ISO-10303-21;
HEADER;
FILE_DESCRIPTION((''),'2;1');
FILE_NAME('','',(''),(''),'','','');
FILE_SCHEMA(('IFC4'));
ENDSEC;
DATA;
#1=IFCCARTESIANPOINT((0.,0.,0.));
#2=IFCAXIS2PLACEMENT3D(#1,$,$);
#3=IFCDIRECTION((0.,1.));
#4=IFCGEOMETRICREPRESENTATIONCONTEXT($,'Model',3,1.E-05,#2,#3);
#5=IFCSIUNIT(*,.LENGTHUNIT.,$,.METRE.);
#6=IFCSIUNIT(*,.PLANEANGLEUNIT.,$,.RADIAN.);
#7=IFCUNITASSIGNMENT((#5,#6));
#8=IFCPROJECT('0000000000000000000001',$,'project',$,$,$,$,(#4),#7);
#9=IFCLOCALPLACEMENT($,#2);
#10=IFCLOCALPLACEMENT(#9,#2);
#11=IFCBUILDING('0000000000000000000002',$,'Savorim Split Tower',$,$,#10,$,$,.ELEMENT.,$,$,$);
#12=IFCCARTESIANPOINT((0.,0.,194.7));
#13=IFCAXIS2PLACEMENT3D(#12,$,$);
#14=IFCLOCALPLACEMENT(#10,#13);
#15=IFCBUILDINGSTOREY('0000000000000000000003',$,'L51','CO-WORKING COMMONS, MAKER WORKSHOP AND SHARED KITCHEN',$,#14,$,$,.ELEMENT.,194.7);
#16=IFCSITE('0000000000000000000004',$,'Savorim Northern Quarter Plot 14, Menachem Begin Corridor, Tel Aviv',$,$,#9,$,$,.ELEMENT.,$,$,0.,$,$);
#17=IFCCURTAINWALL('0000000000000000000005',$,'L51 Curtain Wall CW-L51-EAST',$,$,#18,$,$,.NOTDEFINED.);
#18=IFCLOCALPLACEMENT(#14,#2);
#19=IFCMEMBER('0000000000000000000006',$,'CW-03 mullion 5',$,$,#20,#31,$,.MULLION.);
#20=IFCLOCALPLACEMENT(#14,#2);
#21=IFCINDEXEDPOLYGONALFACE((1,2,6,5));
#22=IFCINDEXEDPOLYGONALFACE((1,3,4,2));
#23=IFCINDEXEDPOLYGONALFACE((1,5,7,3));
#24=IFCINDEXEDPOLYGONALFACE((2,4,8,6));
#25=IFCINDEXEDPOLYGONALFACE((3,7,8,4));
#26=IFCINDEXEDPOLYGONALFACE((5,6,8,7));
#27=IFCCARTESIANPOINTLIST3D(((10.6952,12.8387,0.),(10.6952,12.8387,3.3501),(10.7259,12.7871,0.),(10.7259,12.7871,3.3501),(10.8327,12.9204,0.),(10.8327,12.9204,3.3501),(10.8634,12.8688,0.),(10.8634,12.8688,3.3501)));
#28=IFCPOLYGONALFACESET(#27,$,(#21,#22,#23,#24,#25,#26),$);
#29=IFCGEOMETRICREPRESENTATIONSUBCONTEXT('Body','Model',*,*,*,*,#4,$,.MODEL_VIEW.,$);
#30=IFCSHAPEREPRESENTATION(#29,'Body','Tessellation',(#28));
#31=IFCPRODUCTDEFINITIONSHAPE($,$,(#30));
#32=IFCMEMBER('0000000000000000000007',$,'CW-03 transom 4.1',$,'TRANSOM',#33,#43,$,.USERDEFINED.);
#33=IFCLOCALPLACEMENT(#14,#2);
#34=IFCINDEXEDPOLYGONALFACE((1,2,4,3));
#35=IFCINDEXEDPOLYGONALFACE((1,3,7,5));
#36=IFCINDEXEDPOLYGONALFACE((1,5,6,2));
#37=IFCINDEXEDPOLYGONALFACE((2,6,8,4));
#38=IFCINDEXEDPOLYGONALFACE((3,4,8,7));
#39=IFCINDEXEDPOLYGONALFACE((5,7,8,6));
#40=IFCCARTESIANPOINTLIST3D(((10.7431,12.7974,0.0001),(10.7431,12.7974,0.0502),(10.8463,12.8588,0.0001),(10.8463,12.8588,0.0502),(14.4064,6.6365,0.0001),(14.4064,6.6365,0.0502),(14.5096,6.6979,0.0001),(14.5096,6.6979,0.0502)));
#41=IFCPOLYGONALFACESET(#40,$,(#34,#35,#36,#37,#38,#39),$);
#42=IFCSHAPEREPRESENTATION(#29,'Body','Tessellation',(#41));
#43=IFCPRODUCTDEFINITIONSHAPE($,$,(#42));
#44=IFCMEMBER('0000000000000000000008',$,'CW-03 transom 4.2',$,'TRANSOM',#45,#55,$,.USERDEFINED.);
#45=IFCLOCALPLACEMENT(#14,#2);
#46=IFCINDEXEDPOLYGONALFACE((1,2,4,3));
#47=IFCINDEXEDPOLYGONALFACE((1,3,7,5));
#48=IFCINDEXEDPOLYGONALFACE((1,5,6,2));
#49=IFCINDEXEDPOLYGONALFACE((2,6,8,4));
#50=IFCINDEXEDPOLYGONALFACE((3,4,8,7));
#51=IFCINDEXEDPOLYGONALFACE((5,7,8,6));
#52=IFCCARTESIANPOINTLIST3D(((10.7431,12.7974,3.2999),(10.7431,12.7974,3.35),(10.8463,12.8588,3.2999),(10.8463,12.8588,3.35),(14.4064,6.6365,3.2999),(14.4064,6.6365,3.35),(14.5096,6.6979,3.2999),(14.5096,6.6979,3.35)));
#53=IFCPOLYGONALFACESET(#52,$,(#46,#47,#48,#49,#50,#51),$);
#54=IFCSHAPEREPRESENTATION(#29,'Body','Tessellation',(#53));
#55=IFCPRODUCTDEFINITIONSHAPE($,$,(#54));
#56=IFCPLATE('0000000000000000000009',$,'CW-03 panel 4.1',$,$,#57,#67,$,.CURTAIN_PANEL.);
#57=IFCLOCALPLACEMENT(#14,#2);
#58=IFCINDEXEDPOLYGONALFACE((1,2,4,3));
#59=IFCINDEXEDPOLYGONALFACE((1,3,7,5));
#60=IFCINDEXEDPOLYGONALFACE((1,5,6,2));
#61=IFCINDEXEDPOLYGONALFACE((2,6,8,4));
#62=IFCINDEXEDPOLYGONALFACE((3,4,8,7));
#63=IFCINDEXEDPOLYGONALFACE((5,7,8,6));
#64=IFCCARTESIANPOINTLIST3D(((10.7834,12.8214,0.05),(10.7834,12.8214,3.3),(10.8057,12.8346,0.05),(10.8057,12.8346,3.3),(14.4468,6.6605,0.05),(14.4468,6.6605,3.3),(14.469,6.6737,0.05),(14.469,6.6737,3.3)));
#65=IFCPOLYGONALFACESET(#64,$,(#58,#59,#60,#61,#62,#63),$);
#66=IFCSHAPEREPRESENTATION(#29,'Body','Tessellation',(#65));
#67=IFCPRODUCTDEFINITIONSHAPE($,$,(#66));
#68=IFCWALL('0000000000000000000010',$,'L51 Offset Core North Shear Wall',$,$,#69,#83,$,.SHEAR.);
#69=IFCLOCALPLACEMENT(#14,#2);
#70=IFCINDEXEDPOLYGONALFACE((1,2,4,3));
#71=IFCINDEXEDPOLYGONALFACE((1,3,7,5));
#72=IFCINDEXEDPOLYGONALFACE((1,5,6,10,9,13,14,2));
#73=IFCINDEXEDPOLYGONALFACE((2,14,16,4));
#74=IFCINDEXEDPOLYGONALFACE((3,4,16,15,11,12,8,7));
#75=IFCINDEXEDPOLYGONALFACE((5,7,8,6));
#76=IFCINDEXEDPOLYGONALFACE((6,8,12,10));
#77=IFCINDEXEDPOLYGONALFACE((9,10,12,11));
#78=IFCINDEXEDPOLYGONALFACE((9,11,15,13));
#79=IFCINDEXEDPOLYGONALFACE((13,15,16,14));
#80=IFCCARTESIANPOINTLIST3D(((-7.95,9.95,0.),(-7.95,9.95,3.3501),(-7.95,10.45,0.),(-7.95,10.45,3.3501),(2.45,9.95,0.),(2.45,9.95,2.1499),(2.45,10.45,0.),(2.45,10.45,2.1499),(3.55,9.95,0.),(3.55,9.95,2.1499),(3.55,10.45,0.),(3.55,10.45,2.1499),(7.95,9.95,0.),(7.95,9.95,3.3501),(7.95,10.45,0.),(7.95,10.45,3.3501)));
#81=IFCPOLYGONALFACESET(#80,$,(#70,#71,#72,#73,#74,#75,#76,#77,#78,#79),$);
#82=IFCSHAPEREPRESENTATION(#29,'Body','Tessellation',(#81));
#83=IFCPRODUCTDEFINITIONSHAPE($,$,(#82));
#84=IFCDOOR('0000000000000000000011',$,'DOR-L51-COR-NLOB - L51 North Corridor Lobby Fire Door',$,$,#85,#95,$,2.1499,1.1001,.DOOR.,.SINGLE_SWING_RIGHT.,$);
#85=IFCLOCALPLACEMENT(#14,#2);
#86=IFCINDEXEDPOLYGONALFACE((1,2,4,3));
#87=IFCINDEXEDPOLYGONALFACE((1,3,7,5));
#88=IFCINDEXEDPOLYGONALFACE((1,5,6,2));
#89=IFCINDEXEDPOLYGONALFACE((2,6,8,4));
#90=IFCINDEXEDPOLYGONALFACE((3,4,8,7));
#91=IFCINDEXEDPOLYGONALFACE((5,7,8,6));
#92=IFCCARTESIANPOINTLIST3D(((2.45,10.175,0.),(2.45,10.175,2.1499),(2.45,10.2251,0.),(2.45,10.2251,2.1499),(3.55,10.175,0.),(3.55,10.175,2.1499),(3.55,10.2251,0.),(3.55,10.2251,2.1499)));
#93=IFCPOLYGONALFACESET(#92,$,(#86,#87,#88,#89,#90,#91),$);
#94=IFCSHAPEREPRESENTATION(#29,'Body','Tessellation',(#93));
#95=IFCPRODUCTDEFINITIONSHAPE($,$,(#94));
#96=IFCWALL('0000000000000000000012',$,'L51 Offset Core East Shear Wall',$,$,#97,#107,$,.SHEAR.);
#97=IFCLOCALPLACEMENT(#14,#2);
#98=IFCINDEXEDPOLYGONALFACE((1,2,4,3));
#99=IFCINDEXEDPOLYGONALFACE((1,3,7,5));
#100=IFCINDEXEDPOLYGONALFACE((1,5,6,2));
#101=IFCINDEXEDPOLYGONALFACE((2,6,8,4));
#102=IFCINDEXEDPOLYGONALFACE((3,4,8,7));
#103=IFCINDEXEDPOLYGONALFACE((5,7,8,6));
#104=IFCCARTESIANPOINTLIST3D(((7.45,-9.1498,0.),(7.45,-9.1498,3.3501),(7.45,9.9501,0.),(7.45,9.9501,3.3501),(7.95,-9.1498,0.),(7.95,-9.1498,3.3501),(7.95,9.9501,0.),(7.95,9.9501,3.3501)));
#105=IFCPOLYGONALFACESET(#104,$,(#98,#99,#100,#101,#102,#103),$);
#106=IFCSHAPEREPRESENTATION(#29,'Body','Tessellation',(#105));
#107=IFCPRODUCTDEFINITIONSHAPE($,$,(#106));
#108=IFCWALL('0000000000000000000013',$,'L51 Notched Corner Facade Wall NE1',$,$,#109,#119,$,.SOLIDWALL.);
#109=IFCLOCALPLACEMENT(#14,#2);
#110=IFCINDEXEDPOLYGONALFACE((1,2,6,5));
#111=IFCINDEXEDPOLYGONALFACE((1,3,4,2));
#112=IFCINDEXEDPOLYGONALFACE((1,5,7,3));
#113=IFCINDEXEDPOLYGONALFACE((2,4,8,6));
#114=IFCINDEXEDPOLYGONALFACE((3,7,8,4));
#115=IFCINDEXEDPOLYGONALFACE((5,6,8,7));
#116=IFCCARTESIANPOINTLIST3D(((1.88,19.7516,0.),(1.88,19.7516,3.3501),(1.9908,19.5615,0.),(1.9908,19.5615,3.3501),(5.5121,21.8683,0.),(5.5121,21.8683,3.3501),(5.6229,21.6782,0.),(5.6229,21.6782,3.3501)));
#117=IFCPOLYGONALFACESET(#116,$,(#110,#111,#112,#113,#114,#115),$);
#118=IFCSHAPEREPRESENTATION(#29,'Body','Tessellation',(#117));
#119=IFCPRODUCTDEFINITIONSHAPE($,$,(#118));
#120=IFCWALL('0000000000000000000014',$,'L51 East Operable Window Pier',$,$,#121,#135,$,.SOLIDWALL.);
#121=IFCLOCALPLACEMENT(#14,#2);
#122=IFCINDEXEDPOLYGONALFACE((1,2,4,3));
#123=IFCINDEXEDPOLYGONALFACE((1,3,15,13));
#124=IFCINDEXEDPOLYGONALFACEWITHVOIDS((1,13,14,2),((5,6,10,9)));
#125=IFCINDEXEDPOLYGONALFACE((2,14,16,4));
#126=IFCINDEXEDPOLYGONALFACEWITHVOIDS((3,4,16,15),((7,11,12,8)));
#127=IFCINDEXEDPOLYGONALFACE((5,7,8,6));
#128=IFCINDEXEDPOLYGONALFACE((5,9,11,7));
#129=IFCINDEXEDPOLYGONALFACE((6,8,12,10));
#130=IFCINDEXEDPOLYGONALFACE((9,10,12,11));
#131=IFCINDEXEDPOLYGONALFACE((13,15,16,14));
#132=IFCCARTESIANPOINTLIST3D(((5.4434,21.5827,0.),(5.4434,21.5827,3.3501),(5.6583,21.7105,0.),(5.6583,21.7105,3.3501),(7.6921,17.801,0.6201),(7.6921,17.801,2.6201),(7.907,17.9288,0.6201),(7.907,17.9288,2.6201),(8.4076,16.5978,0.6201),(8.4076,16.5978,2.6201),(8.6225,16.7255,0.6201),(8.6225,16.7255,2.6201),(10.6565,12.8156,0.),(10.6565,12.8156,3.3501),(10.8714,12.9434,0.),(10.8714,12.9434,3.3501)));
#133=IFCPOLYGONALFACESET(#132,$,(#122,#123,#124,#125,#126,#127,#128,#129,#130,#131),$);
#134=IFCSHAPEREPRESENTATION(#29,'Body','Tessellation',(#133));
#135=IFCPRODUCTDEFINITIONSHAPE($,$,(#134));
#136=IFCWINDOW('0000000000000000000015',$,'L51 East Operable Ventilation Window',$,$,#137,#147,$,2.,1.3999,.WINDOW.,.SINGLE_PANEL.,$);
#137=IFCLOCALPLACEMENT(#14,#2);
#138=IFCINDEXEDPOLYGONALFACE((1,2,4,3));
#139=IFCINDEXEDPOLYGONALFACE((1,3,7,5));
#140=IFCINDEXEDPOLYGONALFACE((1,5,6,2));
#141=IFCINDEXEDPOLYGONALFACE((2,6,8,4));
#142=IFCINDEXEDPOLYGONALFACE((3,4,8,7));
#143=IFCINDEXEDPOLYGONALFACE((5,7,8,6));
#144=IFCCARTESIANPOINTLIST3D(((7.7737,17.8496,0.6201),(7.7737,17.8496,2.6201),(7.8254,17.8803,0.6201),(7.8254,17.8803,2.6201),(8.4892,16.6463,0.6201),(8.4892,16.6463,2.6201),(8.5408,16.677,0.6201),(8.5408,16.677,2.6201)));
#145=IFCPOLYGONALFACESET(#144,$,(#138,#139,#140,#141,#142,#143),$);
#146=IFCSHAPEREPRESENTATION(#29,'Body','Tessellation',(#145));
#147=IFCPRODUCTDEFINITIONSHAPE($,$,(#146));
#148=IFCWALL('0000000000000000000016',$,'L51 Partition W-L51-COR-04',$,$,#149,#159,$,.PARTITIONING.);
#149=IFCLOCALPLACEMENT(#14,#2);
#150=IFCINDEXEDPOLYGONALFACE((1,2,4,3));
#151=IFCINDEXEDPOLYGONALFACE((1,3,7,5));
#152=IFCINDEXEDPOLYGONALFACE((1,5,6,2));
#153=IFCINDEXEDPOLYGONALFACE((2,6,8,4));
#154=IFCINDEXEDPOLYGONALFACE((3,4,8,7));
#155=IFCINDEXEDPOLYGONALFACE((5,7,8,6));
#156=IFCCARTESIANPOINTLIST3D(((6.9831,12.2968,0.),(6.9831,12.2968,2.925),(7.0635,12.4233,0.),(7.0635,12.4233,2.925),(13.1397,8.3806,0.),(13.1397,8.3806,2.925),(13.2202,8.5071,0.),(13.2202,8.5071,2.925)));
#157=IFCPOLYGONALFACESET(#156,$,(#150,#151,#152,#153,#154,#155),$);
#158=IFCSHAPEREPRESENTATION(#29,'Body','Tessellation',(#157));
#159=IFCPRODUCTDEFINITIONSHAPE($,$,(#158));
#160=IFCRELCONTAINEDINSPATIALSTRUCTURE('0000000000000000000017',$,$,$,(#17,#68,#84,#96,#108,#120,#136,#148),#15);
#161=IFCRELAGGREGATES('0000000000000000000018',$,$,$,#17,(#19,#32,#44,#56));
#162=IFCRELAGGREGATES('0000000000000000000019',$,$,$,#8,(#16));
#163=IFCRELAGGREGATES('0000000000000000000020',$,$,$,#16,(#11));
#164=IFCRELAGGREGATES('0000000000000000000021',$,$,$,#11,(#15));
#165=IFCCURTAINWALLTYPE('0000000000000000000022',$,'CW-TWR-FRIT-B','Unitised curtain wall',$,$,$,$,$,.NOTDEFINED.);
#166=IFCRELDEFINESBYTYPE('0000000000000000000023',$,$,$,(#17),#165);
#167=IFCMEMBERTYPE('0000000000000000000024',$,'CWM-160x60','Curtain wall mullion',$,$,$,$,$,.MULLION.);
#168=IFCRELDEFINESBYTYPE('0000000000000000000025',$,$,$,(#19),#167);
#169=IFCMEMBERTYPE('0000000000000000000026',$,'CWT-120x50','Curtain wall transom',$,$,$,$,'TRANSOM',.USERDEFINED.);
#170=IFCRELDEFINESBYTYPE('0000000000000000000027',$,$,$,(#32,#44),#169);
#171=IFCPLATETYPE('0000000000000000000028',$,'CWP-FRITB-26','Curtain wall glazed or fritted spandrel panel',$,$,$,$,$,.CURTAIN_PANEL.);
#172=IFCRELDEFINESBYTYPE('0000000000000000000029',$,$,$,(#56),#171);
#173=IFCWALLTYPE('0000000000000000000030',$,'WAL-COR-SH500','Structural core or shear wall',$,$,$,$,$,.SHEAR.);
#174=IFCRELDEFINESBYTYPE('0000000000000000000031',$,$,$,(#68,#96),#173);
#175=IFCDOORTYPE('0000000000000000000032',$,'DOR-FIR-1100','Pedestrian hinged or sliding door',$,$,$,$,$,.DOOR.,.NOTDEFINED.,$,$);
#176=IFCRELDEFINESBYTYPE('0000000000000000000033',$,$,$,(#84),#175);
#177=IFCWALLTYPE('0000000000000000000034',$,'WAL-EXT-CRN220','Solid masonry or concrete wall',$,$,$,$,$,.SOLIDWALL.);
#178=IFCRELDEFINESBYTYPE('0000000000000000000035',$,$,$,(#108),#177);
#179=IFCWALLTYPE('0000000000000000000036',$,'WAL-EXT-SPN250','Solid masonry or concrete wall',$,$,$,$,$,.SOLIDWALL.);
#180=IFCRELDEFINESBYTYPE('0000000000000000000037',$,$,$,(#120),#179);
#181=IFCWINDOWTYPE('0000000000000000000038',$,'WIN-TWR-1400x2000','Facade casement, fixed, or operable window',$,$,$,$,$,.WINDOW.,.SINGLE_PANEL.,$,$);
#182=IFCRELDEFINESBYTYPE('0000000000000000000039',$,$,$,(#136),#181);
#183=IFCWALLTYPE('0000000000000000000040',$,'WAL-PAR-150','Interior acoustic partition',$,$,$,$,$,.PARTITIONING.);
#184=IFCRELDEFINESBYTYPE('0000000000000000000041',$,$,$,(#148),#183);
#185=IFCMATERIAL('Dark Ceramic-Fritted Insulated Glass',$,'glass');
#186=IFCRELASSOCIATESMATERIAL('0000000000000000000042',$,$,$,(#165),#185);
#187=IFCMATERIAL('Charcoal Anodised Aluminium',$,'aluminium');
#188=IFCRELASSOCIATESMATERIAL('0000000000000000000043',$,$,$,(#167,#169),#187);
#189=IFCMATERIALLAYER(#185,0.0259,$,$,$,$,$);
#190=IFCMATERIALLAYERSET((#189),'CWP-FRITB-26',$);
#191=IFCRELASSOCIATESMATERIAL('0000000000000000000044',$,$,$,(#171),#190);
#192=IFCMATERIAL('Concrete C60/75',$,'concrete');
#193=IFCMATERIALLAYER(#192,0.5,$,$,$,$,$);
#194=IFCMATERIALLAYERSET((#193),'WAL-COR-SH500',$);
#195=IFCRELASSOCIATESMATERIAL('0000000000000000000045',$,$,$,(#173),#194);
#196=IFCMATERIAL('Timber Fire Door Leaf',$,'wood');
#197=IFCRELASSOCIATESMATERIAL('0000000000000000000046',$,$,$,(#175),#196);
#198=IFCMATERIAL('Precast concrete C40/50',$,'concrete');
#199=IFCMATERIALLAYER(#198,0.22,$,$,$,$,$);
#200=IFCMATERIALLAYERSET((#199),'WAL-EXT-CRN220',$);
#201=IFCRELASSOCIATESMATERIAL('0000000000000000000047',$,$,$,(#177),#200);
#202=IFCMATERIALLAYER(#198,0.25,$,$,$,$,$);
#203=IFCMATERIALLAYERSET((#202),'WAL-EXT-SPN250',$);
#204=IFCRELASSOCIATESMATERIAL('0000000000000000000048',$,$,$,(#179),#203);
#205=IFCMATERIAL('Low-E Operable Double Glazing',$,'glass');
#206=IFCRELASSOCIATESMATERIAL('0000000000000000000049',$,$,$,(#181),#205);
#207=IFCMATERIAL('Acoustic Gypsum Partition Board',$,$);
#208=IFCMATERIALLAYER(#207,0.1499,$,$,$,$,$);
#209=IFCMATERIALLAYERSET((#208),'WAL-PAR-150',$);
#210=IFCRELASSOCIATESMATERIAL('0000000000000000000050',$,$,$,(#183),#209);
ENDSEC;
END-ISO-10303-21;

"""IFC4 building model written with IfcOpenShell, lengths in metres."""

from ifc_helpers import new_model, si_unit, direction, frame, frame_2d, origin, origin_2d, place, context, subcontext, project, spatial, rectangle, extrude, material, layer, layer_set, material_profile, profile_set, type_object, element, fill, aggregate, save


model = new_model("IFC4")

# Units and contexts
model_context = context("Model", 3, precision=1e-05, world=origin(), true_north=direction((0.0, 1.0)))
body_context = subcontext(model_context, "Body", "Model", "MODEL_VIEW")
ifc_project = project(units=[si_unit("LENGTHUNIT", "METRE"), si_unit("PLANEANGLEUNIT", "RADIAN")], contexts=[model_context])

# Site, building, storey
site_placement = place(None, origin())
site = spatial("IfcSite", under=ifc_project, at=site_placement, Name="Savorim Northern Quarter Plot 14, Menachem Begin Corridor, Tel Aviv", CompositionType="ELEMENT", RefElevation=0.0)
building_placement = place(site_placement, origin())
building = spatial("IfcBuilding", under=site, at=building_placement, Name="Savorim Split Tower", CompositionType="ELEMENT")
storey_placement = place(building_placement, frame((0.0, 0.0, 194.7)))
storey = spatial("IfcBuildingStorey", under=building, at=storey_placement, Name="L51", Description="CO-WORKING COMMONS, MAKER WORKSHOP AND SHARED KITCHEN", CompositionType="ELEMENT", Elevation=194.7)

# Curtain wall, members, plate
ifc_material_1 = material(Name="Dark Ceramic-Fritted Insulated Glass", Category="glass")
curtain_wall_type = type_object("IfcCurtainWallType", Name="CW-TWR-FRIT-B", Description="Unitised curtain wall", PredefinedType="NOTDEFINED", material=ifc_material_1)
curtain_wall_placement = place(storey_placement, origin())
curtain_wall = element("IfcCurtainWall", 1, at=curtain_wall_placement, inside=storey, type_object=curtain_wall_type, Name="L51 Curtain Wall CW-L51-EAST", PredefinedType="NOTDEFINED")
ifc_material_2 = material(Name="Charcoal Anodised Aluminium", Category="aluminium")
ifc_material_profile_1 = material_profile(ifc_material_2, rectangle(XDim=0.1599, YDim=0.0601, at=origin_2d()), Name="ALU-M 160x60")
ifc_profile_set_1 = profile_set([ifc_material_profile_1], Name="Charcoal Anodised Aluminium")
member_type_1 = type_object("IfcMemberType", Name="CWM-160x60", Description="Curtain wall mullion", PredefinedType="MULLION", material=ifc_profile_set_1)
member_1_placement = place(storey_placement, frame((10.7793, 12.8538, 0.0), z_axis=(0.0, 0.0, 1.0), x_axis=(-0.859526, -0.511092, 0.0)))
member_1 = element("IfcMember", 2, at=member_1_placement, type_object=member_type_1, Name="CW-03 mullion 5", PredefinedType="MULLION", context=body_context, shape_type="SweptSolid", body=[
    extrude(rectangle(XDim=0.1599, YDim=0.0601, at=origin_2d()), origin(), (0.0, 0.0, 1.0), 3.3501),
])
ifc_material_profile_2 = material_profile(ifc_material_2, rectangle(XDim=0.1201, YDim=0.05, at=origin_2d()), Name="ALU-T 120x50")
ifc_profile_set_2 = profile_set([ifc_material_profile_2], Name="Charcoal Anodised Aluminium")
member_type_2 = type_object("IfcMemberType", Name="CWT-120x50", Description="Curtain wall transom", ElementType="TRANSOM", PredefinedType="USERDEFINED", material=ifc_profile_set_2)
member_2_placement = place(storey_placement, frame((14.458, 6.6672, 0.0251), z_axis=(-0.511086, 0.85953, 0.0), x_axis=(-0.85953, -0.511086, 0.0)))
member_2 = element("IfcMember", 3, at=member_2_placement, type_object=member_type_2, Name="CW-03 transom 4.1", ObjectType="TRANSOM", PredefinedType="USERDEFINED", context=body_context, shape_type="SweptSolid", body=[
    extrude(rectangle(XDim=0.1201, YDim=0.05, at=origin_2d()), origin(), (0.0, 0.0, 1.0), 7.1677),
])
member_3_placement = place(storey_placement, frame((14.458, 6.6672, 3.325), z_axis=(-0.511086, 0.85953, 0.0), x_axis=(-0.85953, -0.511086, 0.0)))
member_3 = element("IfcMember", 4, at=member_3_placement, type_object=member_type_2, Name="CW-03 transom 4.2", ObjectType="TRANSOM", PredefinedType="USERDEFINED", context=body_context, shape_type="SweptSolid", body=[
    extrude(rectangle(XDim=0.1201, YDim=0.05, at=origin_2d()), origin(), (0.0, 0.0, 1.0), 7.1677),
])
ifc_layer_1 = layer(ifc_material_1, 0.0259)
ifc_layer_set_1 = layer_set([ifc_layer_1], Name="CWP-FRITB-26")
plate_type = type_object("IfcPlateType", Name="CWP-FRITB-26", Description="Curtain wall glazed or fritted spandrel panel", PredefinedType="CURTAIN_PANEL", material=ifc_layer_set_1)
plate_placement = place(storey_placement, frame((12.6262, 9.7476, 0.05), z_axis=(0.0, 0.0, 1.0), x_axis=(-0.511092, 0.859526, 0.0)))
plate = element("IfcPlate", 5, at=plate_placement, type_object=plate_type, Name="CW-03 panel 4.1", PredefinedType="CURTAIN_PANEL", context=body_context, shape_type="SweptSolid", body=[
    extrude(rectangle(XDim=7.1677, YDim=0.0259, at=origin_2d()), origin(), (0.0, 0.0, 1.0), 3.25),
])
aggregate(curtain_wall, [member_1, member_2, member_3, plate])

# Wall, opening, door
ifc_material_3 = material(Name="Concrete C60/75", Category="concrete")
ifc_layer_2 = layer(ifc_material_3, 0.5)
ifc_layer_set_2 = layer_set([ifc_layer_2], Name="WAL-COR-SH500")
wall_type_1 = type_object("IfcWallType", Name="WAL-COR-SH500", Description="Structural core or shear wall", PredefinedType="SHEAR", material=ifc_layer_set_2)
wall_1_placement = place(storey_placement, frame((7.95, 10.2, 0.0), z_axis=(0.0, 0.0, 1.0), x_axis=(-1.0, 0.0, 0.0)))
wall_1 = element("IfcWall", 6, at=wall_1_placement, inside=storey, type_object=wall_type_1, Name="L51 Offset Core North Shear Wall", PredefinedType="SHEAR", context=body_context, shape_type="SweptSolid", body=[
    extrude(rectangle(XDim=15.8999, YDim=0.5, at=frame_2d((7.95, 0.0))), origin(), (0.0, 0.0, 1.0), 3.3501),
])
opening_1_placement = place(wall_1_placement, frame((4.3999, 0.0, 0.0)))
opening_1 = element("IfcOpeningElement", 7, at=opening_1_placement, cuts=wall_1, PredefinedType="OPENING", context=body_context, shape_type="SweptSolid", body=[
    extrude(rectangle(XDim=1.1001, YDim=2.1499, at=frame_2d((0.55, 1.075))), frame((0.0, 0.26, 0.0), z_axis=(0.0, -1.0, 0.0), x_axis=(1.0, 0.0, 0.0)), (0.0, 0.0, 1.0), 0.52),
])
ifc_material_4 = material(Name="Timber Fire Door Leaf", Category="wood")
door_type_1 = type_object("IfcDoorType", Name="DOR-FIR-1100", Description="Pedestrian hinged or sliding door", OperationType="NOTDEFINED", PredefinedType="DOOR", material=ifc_material_4)
door_1_placement = place(opening_1_placement, origin())
door_1 = element("IfcDoor", 8, at=door_1_placement, inside=storey, type_object=door_type_1, Name="DOR-L51-COR-NLOB - L51 North Corridor Lobby Fire Door", OperationType="SINGLE_SWING_RIGHT", OverallHeight=2.1499, OverallWidth=1.1001, PredefinedType="DOOR", context=body_context, shape_type="SweptSolid", body=[
    extrude(rectangle(XDim=1.1001, YDim=2.1499, at=frame_2d((0.55, 1.075))), frame((0.0, 0.0249, 0.0), z_axis=(0.0, -1.0, 0.0), x_axis=(1.0, 0.0, 0.0)), (0.0, 0.0, 1.0), 0.05),
])
fill(opening_1, door_1)

# Walls
wall_2_placement = place(storey_placement, frame((7.7, 9.95, 0.0), z_axis=(0.0, 0.0, 1.0), x_axis=(0.0, -1.0, 0.0)))
element("IfcWall", 9, at=wall_2_placement, inside=storey, type_object=wall_type_1, Name="L51 Offset Core East Shear Wall", PredefinedType="SHEAR", context=body_context, shape_type="SweptSolid", body=[
    extrude(rectangle(XDim=19.0999, YDim=0.5, at=frame_2d((9.5498, 0.0))), origin(), (0.0, 0.0, 1.0), 3.3501),
])
ifc_material_5 = material(Name="Precast concrete C40/50", Category="concrete")
ifc_layer_3 = layer(ifc_material_5, 0.22)
ifc_layer_set_3 = layer_set([ifc_layer_3], Name="WAL-EXT-CRN220")
wall_type_2 = type_object("IfcWallType", Name="WAL-EXT-CRN220", Description="Solid masonry or concrete wall", PredefinedType="SOLIDWALL", material=ifc_layer_set_3)
wall_3_placement = place(storey_placement, frame((1.9353, 19.6565, 0.0), z_axis=(0.0, 0.0, 1.0), x_axis=(0.863987, 0.503514, 0.0)))
element("IfcWall", 10, at=wall_3_placement, inside=storey, type_object=wall_type_2, Name="L51 Notched Corner Facade Wall NE1", PredefinedType="SOLIDWALL", context=body_context, shape_type="SweptSolid", body=[
    extrude(rectangle(XDim=4.2039, YDim=0.22, at=frame_2d((2.1021, 0.0))), origin(), (0.0, 0.0, 1.0), 3.3501),
])

# Wall, opening, window
ifc_layer_4 = layer(ifc_material_5, 0.25)
ifc_layer_set_4 = layer_set([ifc_layer_4], Name="WAL-EXT-SPN250")
wall_type_3 = type_object("IfcWallType", Name="WAL-EXT-SPN250", Description="Solid masonry or concrete wall", PredefinedType="SOLIDWALL", material=ifc_layer_set_4)
wall_4_placement = place(storey_placement, frame((5.5508, 21.6467, 0.0), z_axis=(0.0, 0.0, 1.0), x_axis=(0.511095, -0.859524, 0.0)))
wall_4 = element("IfcWall", 11, at=wall_4_placement, inside=storey, type_object=wall_type_3, Name="L51 East Operable Window Pier", PredefinedType="SOLIDWALL", context=body_context, shape_type="SweptSolid", body=[
    extrude(rectangle(XDim=10.2, YDim=0.25, at=frame_2d((5.1001, 0.0))), origin(), (0.0, 0.0, 1.0), 3.3501),
])
opening_2_placement = place(wall_4_placement, frame((4.3999, 0.0, 0.6201)))
opening_2 = element("IfcOpeningElement", 12, at=opening_2_placement, cuts=wall_4, PredefinedType="OPENING", context=body_context, shape_type="SweptSolid", body=[
    extrude(rectangle(XDim=1.3999, YDim=2.0, at=frame_2d((0.7, 1.0))), frame((0.0, 0.135, 0.0), z_axis=(0.0, -1.0, 0.0), x_axis=(1.0, 0.0, 0.0)), (0.0, 0.0, 1.0), 0.27),
])
ifc_material_6 = material(Name="Low-E Operable Double Glazing", Category="glass")
window_type = type_object("IfcWindowType", Name="WIN-TWR-1400x2000", Description="Facade casement, fixed, or operable window", PartitioningType="SINGLE_PANEL", PredefinedType="WINDOW", material=ifc_material_6)
window_placement = place(opening_2_placement, origin())
window = element("IfcWindow", 13, at=window_placement, inside=storey, type_object=window_type, Name="L51 East Operable Ventilation Window", OverallHeight=2.0, OverallWidth=1.3999, PartitioningType="SINGLE_PANEL", PredefinedType="WINDOW", context=body_context, shape_type="SweptSolid", body=[
    extrude(rectangle(XDim=1.3999, YDim=2.0, at=frame_2d((0.7, 1.0))), frame((0.0, 0.03, 0.0), z_axis=(0.0, -1.0, 0.0), x_axis=(1.0, 0.0, 0.0)), (0.0, 0.0, 1.0), 0.0601),
])
fill(opening_2, window)

# Wall
ifc_material_7 = material(Name="Acoustic Gypsum Partition Board")
ifc_layer_5 = layer(ifc_material_7, 0.1499)
ifc_layer_set_5 = layer_set([ifc_layer_5], Name="WAL-PAR-150")
wall_type_4 = type_object("IfcWallType", Name="WAL-PAR-150", Description="Interior acoustic partition", PredefinedType="PARTITIONING", material=ifc_layer_set_5)
wall_5_placement = place(storey_placement, frame((7.0232, 12.3601, 0.0), z_axis=(0.0, 0.0, 1.0), x_axis=(0.843765, -0.536713, 0.0)))
element("IfcWall", 14, at=wall_5_placement, inside=storey, type_object=wall_type_4, Name="L51 Partition W-L51-COR-04", PredefinedType="PARTITIONING", context=body_context, shape_type="SweptSolid", body=[
    extrude(rectangle(XDim=7.2966, YDim=0.1499, at=frame_2d((3.6484, 0.0))), origin(), (0.0, 0.0, 1.0), 2.925),
])

save(model, "model.ifc")
